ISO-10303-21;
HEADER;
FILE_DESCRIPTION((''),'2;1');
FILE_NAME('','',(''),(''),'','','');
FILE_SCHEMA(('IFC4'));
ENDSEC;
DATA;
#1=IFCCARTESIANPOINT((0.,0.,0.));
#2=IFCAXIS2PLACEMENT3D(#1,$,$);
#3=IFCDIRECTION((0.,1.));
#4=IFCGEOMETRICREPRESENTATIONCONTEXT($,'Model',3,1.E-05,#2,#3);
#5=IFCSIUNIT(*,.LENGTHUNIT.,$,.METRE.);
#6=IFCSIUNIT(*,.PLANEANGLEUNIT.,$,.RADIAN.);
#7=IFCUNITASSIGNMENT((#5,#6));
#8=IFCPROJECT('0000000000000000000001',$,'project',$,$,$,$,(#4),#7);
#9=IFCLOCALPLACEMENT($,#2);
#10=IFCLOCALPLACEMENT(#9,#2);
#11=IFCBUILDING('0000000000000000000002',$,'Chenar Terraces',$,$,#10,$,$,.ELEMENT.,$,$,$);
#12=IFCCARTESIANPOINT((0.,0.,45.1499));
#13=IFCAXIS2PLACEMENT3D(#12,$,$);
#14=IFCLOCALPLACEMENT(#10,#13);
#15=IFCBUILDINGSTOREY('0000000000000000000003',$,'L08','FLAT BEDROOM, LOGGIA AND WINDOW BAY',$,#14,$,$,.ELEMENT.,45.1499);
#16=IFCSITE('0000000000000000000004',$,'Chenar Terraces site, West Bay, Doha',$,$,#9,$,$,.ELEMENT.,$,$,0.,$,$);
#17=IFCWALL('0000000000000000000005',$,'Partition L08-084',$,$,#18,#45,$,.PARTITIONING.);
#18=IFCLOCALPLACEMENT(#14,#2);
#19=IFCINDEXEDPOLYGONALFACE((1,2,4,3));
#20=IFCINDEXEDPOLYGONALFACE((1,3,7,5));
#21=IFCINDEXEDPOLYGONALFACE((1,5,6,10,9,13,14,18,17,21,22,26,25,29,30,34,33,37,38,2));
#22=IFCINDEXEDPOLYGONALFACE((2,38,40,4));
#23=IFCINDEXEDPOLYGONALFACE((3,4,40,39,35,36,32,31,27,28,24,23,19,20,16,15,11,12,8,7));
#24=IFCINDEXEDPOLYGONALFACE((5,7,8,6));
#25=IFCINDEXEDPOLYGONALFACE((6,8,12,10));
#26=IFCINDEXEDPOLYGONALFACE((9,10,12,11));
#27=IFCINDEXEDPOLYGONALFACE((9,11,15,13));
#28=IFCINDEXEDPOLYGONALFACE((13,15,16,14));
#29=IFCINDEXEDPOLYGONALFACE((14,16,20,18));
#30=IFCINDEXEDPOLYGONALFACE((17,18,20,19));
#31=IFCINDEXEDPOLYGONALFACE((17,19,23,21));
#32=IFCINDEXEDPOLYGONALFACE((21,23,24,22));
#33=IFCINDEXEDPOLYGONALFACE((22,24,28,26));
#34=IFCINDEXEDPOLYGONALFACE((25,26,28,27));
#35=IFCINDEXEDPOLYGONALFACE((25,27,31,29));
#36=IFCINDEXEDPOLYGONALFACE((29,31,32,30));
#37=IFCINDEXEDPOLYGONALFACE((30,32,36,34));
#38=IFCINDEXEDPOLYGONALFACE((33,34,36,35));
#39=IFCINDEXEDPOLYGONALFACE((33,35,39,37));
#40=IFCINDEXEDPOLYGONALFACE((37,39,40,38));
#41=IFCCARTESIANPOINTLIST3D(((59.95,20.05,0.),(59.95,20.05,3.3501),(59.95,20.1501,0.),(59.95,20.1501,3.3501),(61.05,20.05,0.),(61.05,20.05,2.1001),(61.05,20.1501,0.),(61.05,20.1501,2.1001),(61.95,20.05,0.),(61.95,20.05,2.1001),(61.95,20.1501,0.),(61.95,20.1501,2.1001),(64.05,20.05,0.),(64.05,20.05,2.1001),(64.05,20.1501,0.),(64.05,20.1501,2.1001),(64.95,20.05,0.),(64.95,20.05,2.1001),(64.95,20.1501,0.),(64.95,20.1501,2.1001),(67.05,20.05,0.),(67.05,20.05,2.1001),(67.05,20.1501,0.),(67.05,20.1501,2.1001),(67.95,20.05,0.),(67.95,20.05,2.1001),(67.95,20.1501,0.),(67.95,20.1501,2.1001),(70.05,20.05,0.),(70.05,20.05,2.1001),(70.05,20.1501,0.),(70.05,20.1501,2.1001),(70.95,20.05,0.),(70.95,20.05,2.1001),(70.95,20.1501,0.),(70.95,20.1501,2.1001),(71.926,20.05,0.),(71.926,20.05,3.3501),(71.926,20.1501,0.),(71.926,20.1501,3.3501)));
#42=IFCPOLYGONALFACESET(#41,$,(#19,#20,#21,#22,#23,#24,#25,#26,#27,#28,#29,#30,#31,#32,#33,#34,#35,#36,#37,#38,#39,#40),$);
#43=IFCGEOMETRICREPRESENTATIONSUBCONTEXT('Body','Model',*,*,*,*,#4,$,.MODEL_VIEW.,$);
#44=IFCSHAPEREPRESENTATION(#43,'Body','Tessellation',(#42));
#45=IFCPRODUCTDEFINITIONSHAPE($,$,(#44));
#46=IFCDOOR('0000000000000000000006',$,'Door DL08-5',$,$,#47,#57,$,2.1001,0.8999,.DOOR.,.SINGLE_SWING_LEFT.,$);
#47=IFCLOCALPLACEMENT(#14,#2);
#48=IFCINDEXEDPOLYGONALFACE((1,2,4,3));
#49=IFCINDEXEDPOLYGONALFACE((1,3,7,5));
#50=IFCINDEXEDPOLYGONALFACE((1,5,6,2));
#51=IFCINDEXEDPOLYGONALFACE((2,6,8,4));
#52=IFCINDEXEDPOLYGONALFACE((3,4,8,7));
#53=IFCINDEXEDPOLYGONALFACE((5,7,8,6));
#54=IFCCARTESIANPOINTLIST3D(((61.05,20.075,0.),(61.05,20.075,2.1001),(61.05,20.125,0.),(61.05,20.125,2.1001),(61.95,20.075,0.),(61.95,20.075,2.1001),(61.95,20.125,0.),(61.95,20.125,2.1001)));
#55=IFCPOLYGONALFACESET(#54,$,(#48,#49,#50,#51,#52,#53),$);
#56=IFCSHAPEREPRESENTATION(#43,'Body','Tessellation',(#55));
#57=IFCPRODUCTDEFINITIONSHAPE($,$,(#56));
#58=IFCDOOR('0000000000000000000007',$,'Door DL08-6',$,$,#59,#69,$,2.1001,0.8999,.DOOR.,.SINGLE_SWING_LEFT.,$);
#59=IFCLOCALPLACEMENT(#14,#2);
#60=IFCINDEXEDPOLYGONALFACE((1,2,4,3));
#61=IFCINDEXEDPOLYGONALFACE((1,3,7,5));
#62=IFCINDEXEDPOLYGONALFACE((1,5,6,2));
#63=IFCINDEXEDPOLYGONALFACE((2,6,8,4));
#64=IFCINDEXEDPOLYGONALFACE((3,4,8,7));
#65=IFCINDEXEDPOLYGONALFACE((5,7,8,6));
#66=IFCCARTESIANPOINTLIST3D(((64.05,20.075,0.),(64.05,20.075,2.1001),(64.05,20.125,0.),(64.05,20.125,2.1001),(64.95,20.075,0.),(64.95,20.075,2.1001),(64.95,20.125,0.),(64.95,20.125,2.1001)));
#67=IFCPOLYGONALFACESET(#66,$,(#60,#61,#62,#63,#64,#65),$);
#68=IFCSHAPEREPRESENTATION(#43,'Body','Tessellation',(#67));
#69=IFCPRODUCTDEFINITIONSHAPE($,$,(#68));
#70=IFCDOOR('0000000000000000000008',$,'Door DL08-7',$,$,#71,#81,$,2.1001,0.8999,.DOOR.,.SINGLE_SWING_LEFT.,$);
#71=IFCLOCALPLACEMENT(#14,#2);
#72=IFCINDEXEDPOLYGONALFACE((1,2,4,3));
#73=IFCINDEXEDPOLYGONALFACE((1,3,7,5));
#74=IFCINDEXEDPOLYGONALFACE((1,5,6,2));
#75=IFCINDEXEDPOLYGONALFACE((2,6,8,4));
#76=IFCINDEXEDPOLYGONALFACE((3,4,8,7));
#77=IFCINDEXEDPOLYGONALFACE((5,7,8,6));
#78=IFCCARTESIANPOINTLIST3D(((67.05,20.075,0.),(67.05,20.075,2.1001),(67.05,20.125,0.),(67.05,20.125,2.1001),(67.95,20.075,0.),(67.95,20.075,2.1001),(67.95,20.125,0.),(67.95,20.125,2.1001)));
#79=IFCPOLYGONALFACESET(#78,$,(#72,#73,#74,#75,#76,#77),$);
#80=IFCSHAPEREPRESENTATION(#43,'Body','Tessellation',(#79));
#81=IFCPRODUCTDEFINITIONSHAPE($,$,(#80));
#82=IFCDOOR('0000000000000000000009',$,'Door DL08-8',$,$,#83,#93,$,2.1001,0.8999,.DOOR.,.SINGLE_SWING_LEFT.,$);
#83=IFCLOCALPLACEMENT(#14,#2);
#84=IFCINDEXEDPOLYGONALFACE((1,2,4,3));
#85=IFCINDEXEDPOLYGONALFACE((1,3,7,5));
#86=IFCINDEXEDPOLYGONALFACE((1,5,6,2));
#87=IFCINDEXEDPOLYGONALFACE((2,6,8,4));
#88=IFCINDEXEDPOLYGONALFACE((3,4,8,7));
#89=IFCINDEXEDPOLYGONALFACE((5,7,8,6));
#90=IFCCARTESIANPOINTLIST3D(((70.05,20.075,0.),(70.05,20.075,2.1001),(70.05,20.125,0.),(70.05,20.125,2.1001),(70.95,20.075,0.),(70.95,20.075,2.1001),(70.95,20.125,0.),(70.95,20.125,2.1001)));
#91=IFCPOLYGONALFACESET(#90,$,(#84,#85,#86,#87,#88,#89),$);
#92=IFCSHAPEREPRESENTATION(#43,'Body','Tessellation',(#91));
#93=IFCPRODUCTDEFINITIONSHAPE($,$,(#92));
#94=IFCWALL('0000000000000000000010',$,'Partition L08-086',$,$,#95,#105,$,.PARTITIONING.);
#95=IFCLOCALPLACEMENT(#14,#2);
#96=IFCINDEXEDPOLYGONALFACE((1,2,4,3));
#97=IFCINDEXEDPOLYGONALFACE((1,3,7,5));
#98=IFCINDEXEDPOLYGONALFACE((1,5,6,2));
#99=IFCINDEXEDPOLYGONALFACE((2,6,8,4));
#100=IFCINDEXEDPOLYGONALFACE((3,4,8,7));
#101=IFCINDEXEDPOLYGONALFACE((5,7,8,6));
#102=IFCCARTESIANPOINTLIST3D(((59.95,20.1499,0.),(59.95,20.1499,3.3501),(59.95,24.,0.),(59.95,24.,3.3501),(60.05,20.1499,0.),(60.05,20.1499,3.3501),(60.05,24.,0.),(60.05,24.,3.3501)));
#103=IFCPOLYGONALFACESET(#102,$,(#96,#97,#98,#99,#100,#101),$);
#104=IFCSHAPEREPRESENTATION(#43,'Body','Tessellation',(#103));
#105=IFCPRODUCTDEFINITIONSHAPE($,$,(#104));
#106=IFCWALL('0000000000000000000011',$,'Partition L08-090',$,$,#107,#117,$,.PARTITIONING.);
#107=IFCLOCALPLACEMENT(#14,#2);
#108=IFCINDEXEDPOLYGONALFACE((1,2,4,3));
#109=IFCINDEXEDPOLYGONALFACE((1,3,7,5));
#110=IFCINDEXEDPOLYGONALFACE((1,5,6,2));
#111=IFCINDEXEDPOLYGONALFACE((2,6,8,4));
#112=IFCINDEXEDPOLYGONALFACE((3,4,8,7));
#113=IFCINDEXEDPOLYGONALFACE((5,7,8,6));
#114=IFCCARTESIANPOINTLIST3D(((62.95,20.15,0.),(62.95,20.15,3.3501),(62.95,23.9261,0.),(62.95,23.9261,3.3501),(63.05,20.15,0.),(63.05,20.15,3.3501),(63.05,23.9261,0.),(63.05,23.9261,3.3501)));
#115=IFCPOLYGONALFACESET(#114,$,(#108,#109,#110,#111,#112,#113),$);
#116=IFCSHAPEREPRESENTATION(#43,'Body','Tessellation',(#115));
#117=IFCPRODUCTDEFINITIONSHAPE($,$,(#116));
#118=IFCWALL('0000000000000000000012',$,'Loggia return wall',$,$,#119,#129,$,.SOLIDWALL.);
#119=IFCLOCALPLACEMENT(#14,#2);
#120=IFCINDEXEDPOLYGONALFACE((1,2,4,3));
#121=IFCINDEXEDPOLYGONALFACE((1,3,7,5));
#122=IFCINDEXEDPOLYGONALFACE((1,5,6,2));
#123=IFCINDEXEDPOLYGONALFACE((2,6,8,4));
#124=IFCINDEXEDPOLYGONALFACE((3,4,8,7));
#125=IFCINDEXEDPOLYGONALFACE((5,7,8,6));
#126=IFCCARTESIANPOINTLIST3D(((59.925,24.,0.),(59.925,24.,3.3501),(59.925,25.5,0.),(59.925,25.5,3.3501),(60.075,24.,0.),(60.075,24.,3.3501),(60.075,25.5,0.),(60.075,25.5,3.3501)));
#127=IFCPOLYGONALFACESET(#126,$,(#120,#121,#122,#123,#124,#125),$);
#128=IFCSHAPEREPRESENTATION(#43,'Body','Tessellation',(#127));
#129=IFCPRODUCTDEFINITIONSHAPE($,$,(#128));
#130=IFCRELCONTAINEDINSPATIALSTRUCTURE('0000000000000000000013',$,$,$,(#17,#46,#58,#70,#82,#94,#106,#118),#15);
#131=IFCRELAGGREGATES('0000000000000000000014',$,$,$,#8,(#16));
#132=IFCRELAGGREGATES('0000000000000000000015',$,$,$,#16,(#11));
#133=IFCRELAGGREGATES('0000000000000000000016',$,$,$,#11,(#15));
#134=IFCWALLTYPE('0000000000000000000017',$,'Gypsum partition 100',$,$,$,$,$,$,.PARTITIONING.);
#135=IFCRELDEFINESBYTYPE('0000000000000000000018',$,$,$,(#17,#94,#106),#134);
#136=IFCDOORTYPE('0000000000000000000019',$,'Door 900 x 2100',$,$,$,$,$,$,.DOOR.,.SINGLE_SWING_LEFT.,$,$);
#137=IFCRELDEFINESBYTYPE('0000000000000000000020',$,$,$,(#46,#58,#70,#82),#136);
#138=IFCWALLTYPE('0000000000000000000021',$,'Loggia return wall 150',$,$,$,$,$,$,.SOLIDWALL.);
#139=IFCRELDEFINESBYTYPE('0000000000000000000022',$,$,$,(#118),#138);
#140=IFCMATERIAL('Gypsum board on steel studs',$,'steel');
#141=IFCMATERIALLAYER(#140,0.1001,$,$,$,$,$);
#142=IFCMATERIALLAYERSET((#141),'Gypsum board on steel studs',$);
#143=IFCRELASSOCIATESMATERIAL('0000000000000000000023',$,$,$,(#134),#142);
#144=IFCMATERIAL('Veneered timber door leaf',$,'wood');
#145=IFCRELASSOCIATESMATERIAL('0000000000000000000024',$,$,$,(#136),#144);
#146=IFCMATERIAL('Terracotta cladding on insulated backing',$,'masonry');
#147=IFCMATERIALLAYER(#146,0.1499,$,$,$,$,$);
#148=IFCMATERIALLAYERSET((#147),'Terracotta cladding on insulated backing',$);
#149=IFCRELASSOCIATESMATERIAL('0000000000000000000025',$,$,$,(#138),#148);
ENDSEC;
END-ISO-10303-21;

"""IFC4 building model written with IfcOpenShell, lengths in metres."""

from ifc_helpers import new_model, si_unit, direction, frame, frame_2d, origin, place, context, subcontext, project, spatial, rectangle, extrude, material, layer, layer_set, type_object, element, fill, save


model = new_model("IFC4")

# Units and contexts
model_context = context("Model", 3, precision=1e-05, world=origin(), true_north=direction((0.0, 1.0)))
body_context = subcontext(model_context, "Body", "Model", "MODEL_VIEW")
ifc_project = project(units=[si_unit("LENGTHUNIT", "METRE"), si_unit("PLANEANGLEUNIT", "RADIAN")], contexts=[model_context])

# Site, building, storey
site_placement = place(None, origin())
site = spatial("IfcSite", under=ifc_project, at=site_placement, Name="Chenar Terraces site, West Bay, Doha", CompositionType="ELEMENT", RefElevation=0.0)
building_placement = place(site_placement, origin())
building = spatial("IfcBuilding", under=site, at=building_placement, Name="Chenar Terraces", CompositionType="ELEMENT")
storey_placement = place(building_placement, frame((0.0, 0.0, 45.1499)))
storey = spatial("IfcBuildingStorey", under=building, at=storey_placement, Name="L08", Description="FLAT BEDROOM, LOGGIA AND WINDOW BAY", CompositionType="ELEMENT", Elevation=45.1499)

# Shared definitions
ifc_material_1 = material(Name="Gypsum board on steel studs", Category="steel")
ifc_layer_1 = layer(ifc_material_1, 0.1001)
ifc_layer_set_1 = layer_set([ifc_layer_1], Name="Gypsum board on steel studs")
wall_type_1 = type_object("IfcWallType", Name="Gypsum partition 100", PredefinedType="PARTITIONING", material=ifc_layer_set_1)
ifc_material_2 = material(Name="Veneered timber door leaf", Category="wood")
door_type_1 = type_object("IfcDoorType", Name="Door 900 x 2100", OperationType="SINGLE_SWING_LEFT", PredefinedType="DOOR", material=ifc_material_2)

# Wall, openings, doors
wall_1_placement = place(storey_placement, frame((59.95, 20.1001, 0.0), z_axis=(0.0, 0.0, 1.0), x_axis=(1.0, 0.0, 0.0)))
wall_1 = element("IfcWall", 1, at=wall_1_placement, inside=storey, type_object=wall_type_1, Name="Partition L08-084", PredefinedType="PARTITIONING", context=body_context, shape_type="SweptSolid", body=[
    extrude(rectangle(XDim=11.9761, YDim=0.1001, at=frame_2d((5.988, 0.0))), origin(), (0.0, 0.0, 1.0), 3.3501),
])
opening_1_placement = place(wall_1_placement, frame((1.1001, 0.0, 0.0)))
opening_1 = element("IfcOpeningElement", 2, at=opening_1_placement, cuts=wall_1, PredefinedType="OPENING", context=body_context, shape_type="SweptSolid", body=[
    extrude(rectangle(XDim=0.8999, YDim=2.1001, at=frame_2d((0.45, 1.05))), frame((0.0, 0.0601, 0.0), z_axis=(0.0, -1.0, 0.0), x_axis=(1.0, 0.0, 0.0)), (0.0, 0.0, 1.0), 0.1201),
])
opening_2_placement = place(wall_1_placement, frame((4.1001, 0.0, 0.0)))
opening_2 = element("IfcOpeningElement", 3, at=opening_2_placement, cuts=wall_1, PredefinedType="OPENING", context=body_context, shape_type="SweptSolid", body=[
    extrude(rectangle(XDim=0.8999, YDim=2.1001, at=frame_2d((0.45, 1.05))), frame((0.0, 0.0601, 0.0), z_axis=(0.0, -1.0, 0.0), x_axis=(1.0, 0.0, 0.0)), (0.0, 0.0, 1.0), 0.1201),
])
opening_3_placement = place(wall_1_placement, frame((7.1001, 0.0, 0.0)))
opening_3 = element("IfcOpeningElement", 4, at=opening_3_placement, cuts=wall_1, PredefinedType="OPENING", context=body_context, shape_type="SweptSolid", body=[
    extrude(rectangle(XDim=0.8999, YDim=2.1001, at=frame_2d((0.45, 1.05))), frame((0.0, 0.0601, 0.0), z_axis=(0.0, -1.0, 0.0), x_axis=(1.0, 0.0, 0.0)), (0.0, 0.0, 1.0), 0.1201),
])
opening_4_placement = place(wall_1_placement, frame((10.1001, 0.0, 0.0)))
opening_4 = element("IfcOpeningElement", 5, at=opening_4_placement, cuts=wall_1, PredefinedType="OPENING", context=body_context, shape_type="SweptSolid", body=[
    extrude(rectangle(XDim=0.8999, YDim=2.1001, at=frame_2d((0.45, 1.05))), frame((0.0, 0.0601, 0.0), z_axis=(0.0, -1.0, 0.0), x_axis=(1.0, 0.0, 0.0)), (0.0, 0.0, 1.0), 0.1201),
])
door_1_placement = place(opening_1_placement, origin())
door_1 = element("IfcDoor", 6, at=door_1_placement, inside=storey, type_object=door_type_1, Name="Door DL08-5", OperationType="SINGLE_SWING_LEFT", OverallHeight=2.1001, OverallWidth=0.8999, PredefinedType="DOOR", context=body_context, shape_type="SweptSolid", body=[
    extrude(rectangle(XDim=0.8999, YDim=2.1001, at=frame_2d((0.45, 1.05))), frame((0.0, 0.0249, 0.0), z_axis=(0.0, -1.0, 0.0), x_axis=(1.0, 0.0, 0.0)), (0.0, 0.0, 1.0), 0.05),
])
fill(opening_1, door_1)
door_2_placement = place(opening_2_placement, origin())
door_2 = element("IfcDoor", 7, at=door_2_placement, inside=storey, type_object=door_type_1, Name="Door DL08-6", OperationType="SINGLE_SWING_LEFT", OverallHeight=2.1001, OverallWidth=0.8999, PredefinedType="DOOR", context=body_context, shape_type="SweptSolid", body=[
    extrude(rectangle(XDim=0.8999, YDim=2.1001, at=frame_2d((0.45, 1.05))), frame((0.0, 0.0249, 0.0), z_axis=(0.0, -1.0, 0.0), x_axis=(1.0, 0.0, 0.0)), (0.0, 0.0, 1.0), 0.05),
])
fill(opening_2, door_2)
door_3_placement = place(opening_3_placement, origin())
door_3 = element("IfcDoor", 8, at=door_3_placement, inside=storey, type_object=door_type_1, Name="Door DL08-7", OperationType="SINGLE_SWING_LEFT", OverallHeight=2.1001, OverallWidth=0.8999, PredefinedType="DOOR", context=body_context, shape_type="SweptSolid", body=[
    extrude(rectangle(XDim=0.8999, YDim=2.1001, at=frame_2d((0.45, 1.05))), frame((0.0, 0.0249, 0.0), z_axis=(0.0, -1.0, 0.0), x_axis=(1.0, 0.0, 0.0)), (0.0, 0.0, 1.0), 0.05),
])
fill(opening_3, door_3)
door_4_placement = place(opening_4_placement, origin())
door_4 = element("IfcDoor", 9, at=door_4_placement, inside=storey, type_object=door_type_1, Name="Door DL08-8", OperationType="SINGLE_SWING_LEFT", OverallHeight=2.1001, OverallWidth=0.8999, PredefinedType="DOOR", context=body_context, shape_type="SweptSolid", body=[
    extrude(rectangle(XDim=0.8999, YDim=2.1001, at=frame_2d((0.45, 1.05))), frame((0.0, 0.0249, 0.0), z_axis=(0.0, -1.0, 0.0), x_axis=(1.0, 0.0, 0.0)), (0.0, 0.0, 1.0), 0.05),
])
fill(opening_4, door_4)

# Walls
wall_2_placement = place(storey_placement, frame((60.0, 20.1499, 0.0), z_axis=(0.0, 0.0, 1.0), x_axis=(0.0, 1.0, 0.0)))
element("IfcWall", 10, at=wall_2_placement, inside=storey, type_object=wall_type_1, Name="Partition L08-086", PredefinedType="PARTITIONING", context=body_context, shape_type="SweptSolid", body=[
    extrude(rectangle(XDim=3.8501, YDim=0.1001, at=frame_2d((1.925, 0.0))), origin(), (0.0, 0.0, 1.0), 3.3501),
])
wall_3_placement = place(storey_placement, frame((63.0, 20.1499, 0.0), z_axis=(0.0, 0.0, 1.0), x_axis=(0.0, 1.0, 0.0)))
element("IfcWall", 11, at=wall_3_placement, inside=storey, type_object=wall_type_1, Name="Partition L08-090", PredefinedType="PARTITIONING", context=body_context, shape_type="SweptSolid", body=[
    extrude(rectangle(XDim=3.7761, YDim=0.1001, at=frame_2d((1.8882, 0.0))), origin(), (0.0, 0.0, 1.0), 3.3501),
])
ifc_material_3 = material(Name="Terracotta cladding on insulated backing", Category="masonry")
ifc_layer_2 = layer(ifc_material_3, 0.1499)
ifc_layer_set_2 = layer_set([ifc_layer_2], Name="Terracotta cladding on insulated backing")
wall_type_2 = type_object("IfcWallType", Name="Loggia return wall 150", PredefinedType="SOLIDWALL", material=ifc_layer_set_2)
wall_4_placement = place(storey_placement, frame((60.0, 25.5, 0.0), z_axis=(0.0, 0.0, 1.0), x_axis=(0.0, -1.0, 0.0)))
element("IfcWall", 12, at=wall_4_placement, inside=storey, type_object=wall_type_2, Name="Loggia return wall", PredefinedType="SOLIDWALL", context=body_context, shape_type="SweptSolid", body=[
    extrude(rectangle(XDim=1.5, YDim=0.1499, at=frame_2d((0.75, 0.0))), origin(), (0.0, 0.0, 1.0), 3.3501),
])

save(model, "model.ifc")
